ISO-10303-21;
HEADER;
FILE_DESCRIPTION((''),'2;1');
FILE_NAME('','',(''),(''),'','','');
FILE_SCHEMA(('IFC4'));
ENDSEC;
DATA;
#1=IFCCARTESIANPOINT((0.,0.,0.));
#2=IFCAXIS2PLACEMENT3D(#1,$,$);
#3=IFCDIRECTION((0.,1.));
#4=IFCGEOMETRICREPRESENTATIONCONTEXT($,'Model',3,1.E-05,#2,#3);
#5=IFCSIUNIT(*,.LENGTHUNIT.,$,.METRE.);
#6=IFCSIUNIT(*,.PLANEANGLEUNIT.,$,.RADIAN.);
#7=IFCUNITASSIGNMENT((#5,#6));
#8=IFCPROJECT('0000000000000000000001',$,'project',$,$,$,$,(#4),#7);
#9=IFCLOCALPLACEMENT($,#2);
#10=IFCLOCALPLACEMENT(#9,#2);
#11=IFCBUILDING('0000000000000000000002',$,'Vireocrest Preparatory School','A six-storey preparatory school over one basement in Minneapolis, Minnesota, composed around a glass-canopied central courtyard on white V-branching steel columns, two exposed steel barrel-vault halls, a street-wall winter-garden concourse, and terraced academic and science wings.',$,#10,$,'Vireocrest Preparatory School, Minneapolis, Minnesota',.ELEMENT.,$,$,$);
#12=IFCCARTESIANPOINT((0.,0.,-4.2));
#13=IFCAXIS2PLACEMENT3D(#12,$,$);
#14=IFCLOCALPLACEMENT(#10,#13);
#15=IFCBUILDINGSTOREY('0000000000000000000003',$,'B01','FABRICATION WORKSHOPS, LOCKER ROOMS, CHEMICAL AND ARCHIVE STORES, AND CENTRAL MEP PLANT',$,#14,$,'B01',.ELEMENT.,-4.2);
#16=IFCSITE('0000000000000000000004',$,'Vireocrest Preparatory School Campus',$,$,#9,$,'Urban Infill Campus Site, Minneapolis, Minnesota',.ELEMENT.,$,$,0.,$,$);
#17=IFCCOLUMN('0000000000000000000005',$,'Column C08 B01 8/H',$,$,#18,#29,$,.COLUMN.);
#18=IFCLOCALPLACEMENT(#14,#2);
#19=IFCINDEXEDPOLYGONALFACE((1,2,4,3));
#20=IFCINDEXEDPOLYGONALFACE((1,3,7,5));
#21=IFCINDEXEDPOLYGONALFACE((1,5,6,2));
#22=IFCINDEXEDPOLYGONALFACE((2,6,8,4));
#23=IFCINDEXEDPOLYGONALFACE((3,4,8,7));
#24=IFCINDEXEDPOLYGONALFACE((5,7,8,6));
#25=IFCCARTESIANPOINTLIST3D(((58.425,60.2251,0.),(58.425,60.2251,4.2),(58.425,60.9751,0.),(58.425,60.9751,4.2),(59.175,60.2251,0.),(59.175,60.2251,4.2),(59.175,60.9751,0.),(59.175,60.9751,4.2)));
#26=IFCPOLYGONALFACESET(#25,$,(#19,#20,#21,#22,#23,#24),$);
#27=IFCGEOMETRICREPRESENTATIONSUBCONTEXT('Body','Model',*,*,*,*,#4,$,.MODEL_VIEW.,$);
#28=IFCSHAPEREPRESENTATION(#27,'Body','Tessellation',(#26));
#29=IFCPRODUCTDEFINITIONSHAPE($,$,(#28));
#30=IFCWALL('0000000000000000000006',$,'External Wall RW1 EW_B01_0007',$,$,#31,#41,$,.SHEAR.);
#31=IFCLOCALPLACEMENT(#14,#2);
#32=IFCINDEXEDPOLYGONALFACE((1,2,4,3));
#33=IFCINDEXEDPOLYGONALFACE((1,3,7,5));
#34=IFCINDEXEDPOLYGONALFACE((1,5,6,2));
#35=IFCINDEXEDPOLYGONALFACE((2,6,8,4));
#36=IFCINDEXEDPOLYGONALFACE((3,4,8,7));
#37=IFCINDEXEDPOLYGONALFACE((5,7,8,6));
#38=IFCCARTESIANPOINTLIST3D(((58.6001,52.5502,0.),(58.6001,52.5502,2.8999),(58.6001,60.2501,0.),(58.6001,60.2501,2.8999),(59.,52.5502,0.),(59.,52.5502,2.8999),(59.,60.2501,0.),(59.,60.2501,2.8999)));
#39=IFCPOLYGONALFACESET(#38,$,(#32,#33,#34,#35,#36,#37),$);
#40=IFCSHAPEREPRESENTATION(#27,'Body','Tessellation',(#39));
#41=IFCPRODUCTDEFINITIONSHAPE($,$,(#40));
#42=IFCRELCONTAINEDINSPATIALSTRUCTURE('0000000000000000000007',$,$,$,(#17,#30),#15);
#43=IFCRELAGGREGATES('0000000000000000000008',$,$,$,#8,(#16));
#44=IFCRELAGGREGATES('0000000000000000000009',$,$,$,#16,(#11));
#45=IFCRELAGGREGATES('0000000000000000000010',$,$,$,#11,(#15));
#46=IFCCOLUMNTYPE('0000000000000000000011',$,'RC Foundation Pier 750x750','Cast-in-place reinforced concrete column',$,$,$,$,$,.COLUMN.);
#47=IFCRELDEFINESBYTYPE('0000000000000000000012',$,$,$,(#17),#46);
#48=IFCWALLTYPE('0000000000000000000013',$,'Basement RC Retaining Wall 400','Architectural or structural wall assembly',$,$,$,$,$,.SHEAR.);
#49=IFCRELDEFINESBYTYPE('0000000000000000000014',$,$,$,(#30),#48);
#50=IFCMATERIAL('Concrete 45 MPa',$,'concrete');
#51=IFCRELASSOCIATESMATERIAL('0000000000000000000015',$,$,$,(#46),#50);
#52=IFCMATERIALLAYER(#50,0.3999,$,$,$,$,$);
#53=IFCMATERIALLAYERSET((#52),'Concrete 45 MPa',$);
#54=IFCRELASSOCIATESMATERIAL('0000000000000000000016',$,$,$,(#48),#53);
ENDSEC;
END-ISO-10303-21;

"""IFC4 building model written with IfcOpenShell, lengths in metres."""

from ifc_helpers import new_model, si_unit, direction, frame, frame_2d, origin, origin_2d, place, context, subcontext, project, spatial, rectangle, extrude, material, layer, layer_set, material_profile, profile_set, type_object, element, save


model = new_model("IFC4")

# Units and contexts
model_context = context("Model", 3, precision=1e-05, world=origin(), true_north=direction((0.0, 1.0)))
body_context = subcontext(model_context, "Body", "Model", "MODEL_VIEW")
ifc_project = project(units=[si_unit("LENGTHUNIT", "METRE"), si_unit("PLANEANGLEUNIT", "RADIAN")], contexts=[model_context])

# Site, building, storey
site_placement = place(None, origin())
site = spatial("IfcSite", under=ifc_project, at=site_placement, Name="Vireocrest Preparatory School Campus", LongName="Urban Infill Campus Site, Minneapolis, Minnesota", CompositionType="ELEMENT", RefElevation=0.0)
building_placement = place(site_placement, origin())
building = spatial("IfcBuilding", under=site, at=building_placement, Name="Vireocrest Preparatory School", Description="A six-storey preparatory school over one basement in Minneapolis, Minnesota, composed around a glass-canopied central courtyard on white V-branching steel columns, two exposed steel barrel-vault halls, a street-wall winter-garden concourse, and terraced academic and science wings.", LongName="Vireocrest Preparatory School, Minneapolis, Minnesota", CompositionType="ELEMENT")
storey_placement = place(building_placement, frame((0.0, 0.0, -4.2)))
storey = spatial("IfcBuildingStorey", under=building, at=storey_placement, Name="B01", Description="FABRICATION WORKSHOPS, LOCKER ROOMS, CHEMICAL AND ARCHIVE STORES, AND CENTRAL MEP PLANT", LongName="B01", CompositionType="ELEMENT", Elevation=-4.2)

# Column
ifc_material_1 = material(Name="Concrete 45 MPa", Category="concrete")
ifc_material_profile_1 = material_profile(ifc_material_1, rectangle(XDim=0.75, YDim=0.75, at=origin_2d()), Name="RC 750x750")
ifc_profile_set_1 = profile_set([ifc_material_profile_1], Name="Concrete 45 MPa")
column_type = type_object("IfcColumnType", Name="RC Foundation Pier 750x750", Description="Cast-in-place reinforced concrete column", PredefinedType="COLUMN", material=ifc_profile_set_1)
for number, where, z_axis, x_axis, name in (
    (1, (58.8, 60.6001, 0.0), (0.0, 0.0, 1.0), (1.0, 0.0, 0.0), "Column C08 B01 8/H"),
):
    element("IfcColumn", number, at=place(storey_placement, frame(where, z_axis=z_axis, x_axis=x_axis)), inside=storey, type_object=column_type, Name=name, PredefinedType="COLUMN", context=body_context, shape_type="SweptSolid", body=[
        extrude(rectangle(XDim=0.75, YDim=0.75, at=origin_2d()), origin(), (0.0, 0.0, 1.0), 4.2),
    ])

# Wall
ifc_layer = layer(ifc_material_1, 0.3999)
ifc_layer_set = layer_set([ifc_layer], Name="Concrete 45 MPa")
wall_type = type_object("IfcWallType", Name="Basement RC Retaining Wall 400", Description="Architectural or structural wall assembly", PredefinedType="SHEAR", material=ifc_layer_set)
wall_placement = place(storey_placement, frame((58.8, 52.55, 0.0), z_axis=(0.0, 0.0, 1.0), x_axis=(0.0, 1.0, 0.0)))
element("IfcWall", 2, at=wall_placement, inside=storey, type_object=wall_type, Name="External Wall RW1 EW_B01_0007", PredefinedType="SHEAR", context=body_context, shape_type="SweptSolid", body=[
    extrude(rectangle(XDim=7.7, YDim=0.3999, at=frame_2d((3.8501, 0.0))), origin(), (0.0, 0.0, 1.0), 2.8999),
])

save(model, "model.ifc")
